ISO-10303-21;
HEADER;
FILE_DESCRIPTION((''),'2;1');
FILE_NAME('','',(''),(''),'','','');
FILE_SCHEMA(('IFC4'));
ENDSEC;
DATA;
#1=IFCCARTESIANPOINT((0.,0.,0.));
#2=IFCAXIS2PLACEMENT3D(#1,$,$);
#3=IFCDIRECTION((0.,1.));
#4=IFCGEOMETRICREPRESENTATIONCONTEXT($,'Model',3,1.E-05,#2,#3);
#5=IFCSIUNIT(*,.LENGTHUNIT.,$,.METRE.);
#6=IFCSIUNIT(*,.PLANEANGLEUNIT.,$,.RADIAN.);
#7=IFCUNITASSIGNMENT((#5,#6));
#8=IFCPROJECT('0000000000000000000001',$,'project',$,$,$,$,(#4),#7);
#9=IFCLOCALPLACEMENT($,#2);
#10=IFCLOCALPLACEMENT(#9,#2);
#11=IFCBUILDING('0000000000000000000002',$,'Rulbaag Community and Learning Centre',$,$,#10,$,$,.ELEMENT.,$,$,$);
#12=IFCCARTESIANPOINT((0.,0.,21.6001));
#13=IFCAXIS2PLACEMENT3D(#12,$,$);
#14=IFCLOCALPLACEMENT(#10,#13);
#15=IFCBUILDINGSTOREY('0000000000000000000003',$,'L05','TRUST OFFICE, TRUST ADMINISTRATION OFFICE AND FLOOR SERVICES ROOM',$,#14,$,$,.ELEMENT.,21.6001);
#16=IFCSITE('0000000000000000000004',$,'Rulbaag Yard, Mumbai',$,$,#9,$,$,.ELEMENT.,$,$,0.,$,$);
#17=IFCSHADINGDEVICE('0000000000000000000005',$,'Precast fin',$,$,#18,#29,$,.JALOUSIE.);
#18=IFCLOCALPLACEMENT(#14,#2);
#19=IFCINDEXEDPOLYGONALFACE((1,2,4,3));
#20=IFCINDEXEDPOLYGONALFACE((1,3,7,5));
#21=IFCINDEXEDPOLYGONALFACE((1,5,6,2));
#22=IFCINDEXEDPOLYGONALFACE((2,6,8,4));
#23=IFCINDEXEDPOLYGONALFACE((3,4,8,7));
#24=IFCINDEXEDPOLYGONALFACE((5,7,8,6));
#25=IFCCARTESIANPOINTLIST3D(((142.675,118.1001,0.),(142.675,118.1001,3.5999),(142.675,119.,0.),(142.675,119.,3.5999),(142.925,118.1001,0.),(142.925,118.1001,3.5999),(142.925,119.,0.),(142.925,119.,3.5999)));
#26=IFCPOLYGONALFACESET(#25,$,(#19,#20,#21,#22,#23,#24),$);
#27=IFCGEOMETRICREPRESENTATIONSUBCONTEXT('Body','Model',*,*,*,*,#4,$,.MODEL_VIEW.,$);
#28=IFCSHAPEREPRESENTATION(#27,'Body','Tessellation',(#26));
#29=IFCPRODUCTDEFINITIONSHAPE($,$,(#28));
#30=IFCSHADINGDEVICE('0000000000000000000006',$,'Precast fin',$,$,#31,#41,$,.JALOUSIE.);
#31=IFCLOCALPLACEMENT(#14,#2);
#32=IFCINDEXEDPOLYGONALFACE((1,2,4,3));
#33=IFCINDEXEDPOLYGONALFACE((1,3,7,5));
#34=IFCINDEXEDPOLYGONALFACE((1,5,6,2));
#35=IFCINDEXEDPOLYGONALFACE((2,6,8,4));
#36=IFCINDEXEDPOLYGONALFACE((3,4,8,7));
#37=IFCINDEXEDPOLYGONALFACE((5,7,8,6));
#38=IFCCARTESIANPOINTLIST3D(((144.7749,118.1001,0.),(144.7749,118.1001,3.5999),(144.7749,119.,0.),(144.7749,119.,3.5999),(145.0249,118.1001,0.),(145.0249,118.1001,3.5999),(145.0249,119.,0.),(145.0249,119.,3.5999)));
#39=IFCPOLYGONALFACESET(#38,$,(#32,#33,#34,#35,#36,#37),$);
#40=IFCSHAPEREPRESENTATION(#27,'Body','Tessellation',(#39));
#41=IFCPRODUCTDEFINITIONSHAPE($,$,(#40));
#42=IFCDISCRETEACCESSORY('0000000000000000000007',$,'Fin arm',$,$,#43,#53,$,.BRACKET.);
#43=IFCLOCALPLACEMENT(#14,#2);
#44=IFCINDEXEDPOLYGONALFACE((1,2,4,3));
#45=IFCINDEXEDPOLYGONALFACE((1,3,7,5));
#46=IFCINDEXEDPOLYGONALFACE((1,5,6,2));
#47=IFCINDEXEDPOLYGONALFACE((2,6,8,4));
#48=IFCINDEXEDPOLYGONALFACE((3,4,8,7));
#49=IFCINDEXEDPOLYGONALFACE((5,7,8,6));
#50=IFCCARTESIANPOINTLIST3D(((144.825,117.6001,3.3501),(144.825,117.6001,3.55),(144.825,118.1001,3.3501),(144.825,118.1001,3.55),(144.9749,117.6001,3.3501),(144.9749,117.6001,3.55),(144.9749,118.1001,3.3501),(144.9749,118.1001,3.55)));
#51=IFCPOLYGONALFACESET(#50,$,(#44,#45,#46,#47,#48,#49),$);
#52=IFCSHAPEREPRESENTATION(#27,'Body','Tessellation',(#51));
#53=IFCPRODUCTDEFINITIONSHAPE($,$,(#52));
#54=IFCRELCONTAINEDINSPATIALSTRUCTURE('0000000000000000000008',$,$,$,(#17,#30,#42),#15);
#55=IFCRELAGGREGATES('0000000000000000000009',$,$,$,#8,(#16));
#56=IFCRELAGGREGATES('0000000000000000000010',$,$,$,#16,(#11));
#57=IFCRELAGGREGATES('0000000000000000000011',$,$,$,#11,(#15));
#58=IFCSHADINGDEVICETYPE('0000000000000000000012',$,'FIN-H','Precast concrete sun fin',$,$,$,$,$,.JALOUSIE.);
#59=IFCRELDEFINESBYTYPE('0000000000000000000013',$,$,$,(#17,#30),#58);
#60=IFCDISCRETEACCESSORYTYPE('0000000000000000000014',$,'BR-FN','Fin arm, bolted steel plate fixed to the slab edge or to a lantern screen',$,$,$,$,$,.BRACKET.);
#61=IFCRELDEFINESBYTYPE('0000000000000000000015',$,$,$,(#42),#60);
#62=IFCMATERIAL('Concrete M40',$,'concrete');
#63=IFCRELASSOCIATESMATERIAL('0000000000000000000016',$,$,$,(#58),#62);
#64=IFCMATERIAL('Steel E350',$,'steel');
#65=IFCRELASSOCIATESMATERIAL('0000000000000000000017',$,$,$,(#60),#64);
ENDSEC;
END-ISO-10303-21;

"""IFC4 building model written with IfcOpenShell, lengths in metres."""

from ifc_helpers import new_model, si_unit, direction, frame, origin, origin_2d, place, context, subcontext, project, spatial, rectangle, extrude, material, material_profile, profile_set, type_object, element, save


model = new_model("IFC4")

# Units and contexts
model_context = context("Model", 3, precision=1e-05, world=origin(), true_north=direction((0.0, 1.0)))
body_context = subcontext(model_context, "Body", "Model", "MODEL_VIEW")
ifc_project = project(units=[si_unit("LENGTHUNIT", "METRE"), si_unit("PLANEANGLEUNIT", "RADIAN")], contexts=[model_context])

# Site, building, storey
site_placement = place(None, origin())
site = spatial("IfcSite", under=ifc_project, at=site_placement, Name="Rulbaag Yard, Mumbai", CompositionType="ELEMENT", RefElevation=0.0)
building_placement = place(site_placement, origin())
building = spatial("IfcBuilding", under=site, at=building_placement, Name="Rulbaag Community and Learning Centre", CompositionType="ELEMENT")
storey_placement = place(building_placement, frame((0.0, 0.0, 21.6001)))
storey = spatial("IfcBuildingStorey", under=building, at=storey_placement, Name="L05", Description="TRUST OFFICE, TRUST ADMINISTRATION OFFICE AND FLOOR SERVICES ROOM", CompositionType="ELEMENT", Elevation=21.6001)

# Shared definitions
ifc_material_1 = material(Name="Concrete M40", Category="concrete")

# Shading devices
ifc_material_profile_1 = material_profile(ifc_material_1, rectangle(XDim=0.25, YDim=0.8999, at=origin_2d()), Name="PC 250x900")
ifc_profile_set_1 = profile_set([ifc_material_profile_1], Name="Concrete M40")
shading_device_type = type_object("IfcShadingDeviceType", Name="FIN-H", Description="Precast concrete sun fin", PredefinedType="JALOUSIE", material=ifc_profile_set_1)
for number, where, z_axis, x_axis, name in (
    (1, (142.8, 118.55, 0.0), (0.0, 0.0, 1.0), (1.0, 0.0, 0.0), "Precast fin"),
    (2, (144.8999, 118.55, 0.0), (0.0, 0.0, 1.0), (1.0, 0.0, 0.0), "Precast fin"),
):
    element("IfcShadingDevice", number, at=place(storey_placement, frame(where, z_axis=z_axis, x_axis=x_axis)), inside=storey, type_object=shading_device_type, Name=name, PredefinedType="JALOUSIE", context=body_context, shape_type="SweptSolid", body=[
        extrude(rectangle(XDim=0.25, YDim=0.8999, at=origin_2d()), origin(), (0.0, 0.0, 1.0), 3.5999),
    ])

# Discrete accessory
ifc_material_2 = material(Name="Steel E350", Category="steel")
discrete_accessory_type = type_object("IfcDiscreteAccessoryType", Name="BR-FN", Description="Fin arm, bolted steel plate fixed to the slab edge or to a lantern screen", PredefinedType="BRACKET", material=ifc_material_2)
discrete_accessory_placement = place(storey_placement, frame((144.8999, 117.8501, 3.3501), z_axis=(0.0, 0.0, 1.0), x_axis=(1.0, 0.0, 0.0)))
element("IfcDiscreteAccessory", 3, at=discrete_accessory_placement, inside=storey, type_object=discrete_accessory_type, Name="Fin arm", PredefinedType="BRACKET", context=body_context, shape_type="SweptSolid", body=[
    extrude(rectangle(XDim=0.1499, YDim=0.5, at=origin_2d()), origin(), (0.0, 0.0, 1.0), 0.2),
])

save(model, "model.ifc")
